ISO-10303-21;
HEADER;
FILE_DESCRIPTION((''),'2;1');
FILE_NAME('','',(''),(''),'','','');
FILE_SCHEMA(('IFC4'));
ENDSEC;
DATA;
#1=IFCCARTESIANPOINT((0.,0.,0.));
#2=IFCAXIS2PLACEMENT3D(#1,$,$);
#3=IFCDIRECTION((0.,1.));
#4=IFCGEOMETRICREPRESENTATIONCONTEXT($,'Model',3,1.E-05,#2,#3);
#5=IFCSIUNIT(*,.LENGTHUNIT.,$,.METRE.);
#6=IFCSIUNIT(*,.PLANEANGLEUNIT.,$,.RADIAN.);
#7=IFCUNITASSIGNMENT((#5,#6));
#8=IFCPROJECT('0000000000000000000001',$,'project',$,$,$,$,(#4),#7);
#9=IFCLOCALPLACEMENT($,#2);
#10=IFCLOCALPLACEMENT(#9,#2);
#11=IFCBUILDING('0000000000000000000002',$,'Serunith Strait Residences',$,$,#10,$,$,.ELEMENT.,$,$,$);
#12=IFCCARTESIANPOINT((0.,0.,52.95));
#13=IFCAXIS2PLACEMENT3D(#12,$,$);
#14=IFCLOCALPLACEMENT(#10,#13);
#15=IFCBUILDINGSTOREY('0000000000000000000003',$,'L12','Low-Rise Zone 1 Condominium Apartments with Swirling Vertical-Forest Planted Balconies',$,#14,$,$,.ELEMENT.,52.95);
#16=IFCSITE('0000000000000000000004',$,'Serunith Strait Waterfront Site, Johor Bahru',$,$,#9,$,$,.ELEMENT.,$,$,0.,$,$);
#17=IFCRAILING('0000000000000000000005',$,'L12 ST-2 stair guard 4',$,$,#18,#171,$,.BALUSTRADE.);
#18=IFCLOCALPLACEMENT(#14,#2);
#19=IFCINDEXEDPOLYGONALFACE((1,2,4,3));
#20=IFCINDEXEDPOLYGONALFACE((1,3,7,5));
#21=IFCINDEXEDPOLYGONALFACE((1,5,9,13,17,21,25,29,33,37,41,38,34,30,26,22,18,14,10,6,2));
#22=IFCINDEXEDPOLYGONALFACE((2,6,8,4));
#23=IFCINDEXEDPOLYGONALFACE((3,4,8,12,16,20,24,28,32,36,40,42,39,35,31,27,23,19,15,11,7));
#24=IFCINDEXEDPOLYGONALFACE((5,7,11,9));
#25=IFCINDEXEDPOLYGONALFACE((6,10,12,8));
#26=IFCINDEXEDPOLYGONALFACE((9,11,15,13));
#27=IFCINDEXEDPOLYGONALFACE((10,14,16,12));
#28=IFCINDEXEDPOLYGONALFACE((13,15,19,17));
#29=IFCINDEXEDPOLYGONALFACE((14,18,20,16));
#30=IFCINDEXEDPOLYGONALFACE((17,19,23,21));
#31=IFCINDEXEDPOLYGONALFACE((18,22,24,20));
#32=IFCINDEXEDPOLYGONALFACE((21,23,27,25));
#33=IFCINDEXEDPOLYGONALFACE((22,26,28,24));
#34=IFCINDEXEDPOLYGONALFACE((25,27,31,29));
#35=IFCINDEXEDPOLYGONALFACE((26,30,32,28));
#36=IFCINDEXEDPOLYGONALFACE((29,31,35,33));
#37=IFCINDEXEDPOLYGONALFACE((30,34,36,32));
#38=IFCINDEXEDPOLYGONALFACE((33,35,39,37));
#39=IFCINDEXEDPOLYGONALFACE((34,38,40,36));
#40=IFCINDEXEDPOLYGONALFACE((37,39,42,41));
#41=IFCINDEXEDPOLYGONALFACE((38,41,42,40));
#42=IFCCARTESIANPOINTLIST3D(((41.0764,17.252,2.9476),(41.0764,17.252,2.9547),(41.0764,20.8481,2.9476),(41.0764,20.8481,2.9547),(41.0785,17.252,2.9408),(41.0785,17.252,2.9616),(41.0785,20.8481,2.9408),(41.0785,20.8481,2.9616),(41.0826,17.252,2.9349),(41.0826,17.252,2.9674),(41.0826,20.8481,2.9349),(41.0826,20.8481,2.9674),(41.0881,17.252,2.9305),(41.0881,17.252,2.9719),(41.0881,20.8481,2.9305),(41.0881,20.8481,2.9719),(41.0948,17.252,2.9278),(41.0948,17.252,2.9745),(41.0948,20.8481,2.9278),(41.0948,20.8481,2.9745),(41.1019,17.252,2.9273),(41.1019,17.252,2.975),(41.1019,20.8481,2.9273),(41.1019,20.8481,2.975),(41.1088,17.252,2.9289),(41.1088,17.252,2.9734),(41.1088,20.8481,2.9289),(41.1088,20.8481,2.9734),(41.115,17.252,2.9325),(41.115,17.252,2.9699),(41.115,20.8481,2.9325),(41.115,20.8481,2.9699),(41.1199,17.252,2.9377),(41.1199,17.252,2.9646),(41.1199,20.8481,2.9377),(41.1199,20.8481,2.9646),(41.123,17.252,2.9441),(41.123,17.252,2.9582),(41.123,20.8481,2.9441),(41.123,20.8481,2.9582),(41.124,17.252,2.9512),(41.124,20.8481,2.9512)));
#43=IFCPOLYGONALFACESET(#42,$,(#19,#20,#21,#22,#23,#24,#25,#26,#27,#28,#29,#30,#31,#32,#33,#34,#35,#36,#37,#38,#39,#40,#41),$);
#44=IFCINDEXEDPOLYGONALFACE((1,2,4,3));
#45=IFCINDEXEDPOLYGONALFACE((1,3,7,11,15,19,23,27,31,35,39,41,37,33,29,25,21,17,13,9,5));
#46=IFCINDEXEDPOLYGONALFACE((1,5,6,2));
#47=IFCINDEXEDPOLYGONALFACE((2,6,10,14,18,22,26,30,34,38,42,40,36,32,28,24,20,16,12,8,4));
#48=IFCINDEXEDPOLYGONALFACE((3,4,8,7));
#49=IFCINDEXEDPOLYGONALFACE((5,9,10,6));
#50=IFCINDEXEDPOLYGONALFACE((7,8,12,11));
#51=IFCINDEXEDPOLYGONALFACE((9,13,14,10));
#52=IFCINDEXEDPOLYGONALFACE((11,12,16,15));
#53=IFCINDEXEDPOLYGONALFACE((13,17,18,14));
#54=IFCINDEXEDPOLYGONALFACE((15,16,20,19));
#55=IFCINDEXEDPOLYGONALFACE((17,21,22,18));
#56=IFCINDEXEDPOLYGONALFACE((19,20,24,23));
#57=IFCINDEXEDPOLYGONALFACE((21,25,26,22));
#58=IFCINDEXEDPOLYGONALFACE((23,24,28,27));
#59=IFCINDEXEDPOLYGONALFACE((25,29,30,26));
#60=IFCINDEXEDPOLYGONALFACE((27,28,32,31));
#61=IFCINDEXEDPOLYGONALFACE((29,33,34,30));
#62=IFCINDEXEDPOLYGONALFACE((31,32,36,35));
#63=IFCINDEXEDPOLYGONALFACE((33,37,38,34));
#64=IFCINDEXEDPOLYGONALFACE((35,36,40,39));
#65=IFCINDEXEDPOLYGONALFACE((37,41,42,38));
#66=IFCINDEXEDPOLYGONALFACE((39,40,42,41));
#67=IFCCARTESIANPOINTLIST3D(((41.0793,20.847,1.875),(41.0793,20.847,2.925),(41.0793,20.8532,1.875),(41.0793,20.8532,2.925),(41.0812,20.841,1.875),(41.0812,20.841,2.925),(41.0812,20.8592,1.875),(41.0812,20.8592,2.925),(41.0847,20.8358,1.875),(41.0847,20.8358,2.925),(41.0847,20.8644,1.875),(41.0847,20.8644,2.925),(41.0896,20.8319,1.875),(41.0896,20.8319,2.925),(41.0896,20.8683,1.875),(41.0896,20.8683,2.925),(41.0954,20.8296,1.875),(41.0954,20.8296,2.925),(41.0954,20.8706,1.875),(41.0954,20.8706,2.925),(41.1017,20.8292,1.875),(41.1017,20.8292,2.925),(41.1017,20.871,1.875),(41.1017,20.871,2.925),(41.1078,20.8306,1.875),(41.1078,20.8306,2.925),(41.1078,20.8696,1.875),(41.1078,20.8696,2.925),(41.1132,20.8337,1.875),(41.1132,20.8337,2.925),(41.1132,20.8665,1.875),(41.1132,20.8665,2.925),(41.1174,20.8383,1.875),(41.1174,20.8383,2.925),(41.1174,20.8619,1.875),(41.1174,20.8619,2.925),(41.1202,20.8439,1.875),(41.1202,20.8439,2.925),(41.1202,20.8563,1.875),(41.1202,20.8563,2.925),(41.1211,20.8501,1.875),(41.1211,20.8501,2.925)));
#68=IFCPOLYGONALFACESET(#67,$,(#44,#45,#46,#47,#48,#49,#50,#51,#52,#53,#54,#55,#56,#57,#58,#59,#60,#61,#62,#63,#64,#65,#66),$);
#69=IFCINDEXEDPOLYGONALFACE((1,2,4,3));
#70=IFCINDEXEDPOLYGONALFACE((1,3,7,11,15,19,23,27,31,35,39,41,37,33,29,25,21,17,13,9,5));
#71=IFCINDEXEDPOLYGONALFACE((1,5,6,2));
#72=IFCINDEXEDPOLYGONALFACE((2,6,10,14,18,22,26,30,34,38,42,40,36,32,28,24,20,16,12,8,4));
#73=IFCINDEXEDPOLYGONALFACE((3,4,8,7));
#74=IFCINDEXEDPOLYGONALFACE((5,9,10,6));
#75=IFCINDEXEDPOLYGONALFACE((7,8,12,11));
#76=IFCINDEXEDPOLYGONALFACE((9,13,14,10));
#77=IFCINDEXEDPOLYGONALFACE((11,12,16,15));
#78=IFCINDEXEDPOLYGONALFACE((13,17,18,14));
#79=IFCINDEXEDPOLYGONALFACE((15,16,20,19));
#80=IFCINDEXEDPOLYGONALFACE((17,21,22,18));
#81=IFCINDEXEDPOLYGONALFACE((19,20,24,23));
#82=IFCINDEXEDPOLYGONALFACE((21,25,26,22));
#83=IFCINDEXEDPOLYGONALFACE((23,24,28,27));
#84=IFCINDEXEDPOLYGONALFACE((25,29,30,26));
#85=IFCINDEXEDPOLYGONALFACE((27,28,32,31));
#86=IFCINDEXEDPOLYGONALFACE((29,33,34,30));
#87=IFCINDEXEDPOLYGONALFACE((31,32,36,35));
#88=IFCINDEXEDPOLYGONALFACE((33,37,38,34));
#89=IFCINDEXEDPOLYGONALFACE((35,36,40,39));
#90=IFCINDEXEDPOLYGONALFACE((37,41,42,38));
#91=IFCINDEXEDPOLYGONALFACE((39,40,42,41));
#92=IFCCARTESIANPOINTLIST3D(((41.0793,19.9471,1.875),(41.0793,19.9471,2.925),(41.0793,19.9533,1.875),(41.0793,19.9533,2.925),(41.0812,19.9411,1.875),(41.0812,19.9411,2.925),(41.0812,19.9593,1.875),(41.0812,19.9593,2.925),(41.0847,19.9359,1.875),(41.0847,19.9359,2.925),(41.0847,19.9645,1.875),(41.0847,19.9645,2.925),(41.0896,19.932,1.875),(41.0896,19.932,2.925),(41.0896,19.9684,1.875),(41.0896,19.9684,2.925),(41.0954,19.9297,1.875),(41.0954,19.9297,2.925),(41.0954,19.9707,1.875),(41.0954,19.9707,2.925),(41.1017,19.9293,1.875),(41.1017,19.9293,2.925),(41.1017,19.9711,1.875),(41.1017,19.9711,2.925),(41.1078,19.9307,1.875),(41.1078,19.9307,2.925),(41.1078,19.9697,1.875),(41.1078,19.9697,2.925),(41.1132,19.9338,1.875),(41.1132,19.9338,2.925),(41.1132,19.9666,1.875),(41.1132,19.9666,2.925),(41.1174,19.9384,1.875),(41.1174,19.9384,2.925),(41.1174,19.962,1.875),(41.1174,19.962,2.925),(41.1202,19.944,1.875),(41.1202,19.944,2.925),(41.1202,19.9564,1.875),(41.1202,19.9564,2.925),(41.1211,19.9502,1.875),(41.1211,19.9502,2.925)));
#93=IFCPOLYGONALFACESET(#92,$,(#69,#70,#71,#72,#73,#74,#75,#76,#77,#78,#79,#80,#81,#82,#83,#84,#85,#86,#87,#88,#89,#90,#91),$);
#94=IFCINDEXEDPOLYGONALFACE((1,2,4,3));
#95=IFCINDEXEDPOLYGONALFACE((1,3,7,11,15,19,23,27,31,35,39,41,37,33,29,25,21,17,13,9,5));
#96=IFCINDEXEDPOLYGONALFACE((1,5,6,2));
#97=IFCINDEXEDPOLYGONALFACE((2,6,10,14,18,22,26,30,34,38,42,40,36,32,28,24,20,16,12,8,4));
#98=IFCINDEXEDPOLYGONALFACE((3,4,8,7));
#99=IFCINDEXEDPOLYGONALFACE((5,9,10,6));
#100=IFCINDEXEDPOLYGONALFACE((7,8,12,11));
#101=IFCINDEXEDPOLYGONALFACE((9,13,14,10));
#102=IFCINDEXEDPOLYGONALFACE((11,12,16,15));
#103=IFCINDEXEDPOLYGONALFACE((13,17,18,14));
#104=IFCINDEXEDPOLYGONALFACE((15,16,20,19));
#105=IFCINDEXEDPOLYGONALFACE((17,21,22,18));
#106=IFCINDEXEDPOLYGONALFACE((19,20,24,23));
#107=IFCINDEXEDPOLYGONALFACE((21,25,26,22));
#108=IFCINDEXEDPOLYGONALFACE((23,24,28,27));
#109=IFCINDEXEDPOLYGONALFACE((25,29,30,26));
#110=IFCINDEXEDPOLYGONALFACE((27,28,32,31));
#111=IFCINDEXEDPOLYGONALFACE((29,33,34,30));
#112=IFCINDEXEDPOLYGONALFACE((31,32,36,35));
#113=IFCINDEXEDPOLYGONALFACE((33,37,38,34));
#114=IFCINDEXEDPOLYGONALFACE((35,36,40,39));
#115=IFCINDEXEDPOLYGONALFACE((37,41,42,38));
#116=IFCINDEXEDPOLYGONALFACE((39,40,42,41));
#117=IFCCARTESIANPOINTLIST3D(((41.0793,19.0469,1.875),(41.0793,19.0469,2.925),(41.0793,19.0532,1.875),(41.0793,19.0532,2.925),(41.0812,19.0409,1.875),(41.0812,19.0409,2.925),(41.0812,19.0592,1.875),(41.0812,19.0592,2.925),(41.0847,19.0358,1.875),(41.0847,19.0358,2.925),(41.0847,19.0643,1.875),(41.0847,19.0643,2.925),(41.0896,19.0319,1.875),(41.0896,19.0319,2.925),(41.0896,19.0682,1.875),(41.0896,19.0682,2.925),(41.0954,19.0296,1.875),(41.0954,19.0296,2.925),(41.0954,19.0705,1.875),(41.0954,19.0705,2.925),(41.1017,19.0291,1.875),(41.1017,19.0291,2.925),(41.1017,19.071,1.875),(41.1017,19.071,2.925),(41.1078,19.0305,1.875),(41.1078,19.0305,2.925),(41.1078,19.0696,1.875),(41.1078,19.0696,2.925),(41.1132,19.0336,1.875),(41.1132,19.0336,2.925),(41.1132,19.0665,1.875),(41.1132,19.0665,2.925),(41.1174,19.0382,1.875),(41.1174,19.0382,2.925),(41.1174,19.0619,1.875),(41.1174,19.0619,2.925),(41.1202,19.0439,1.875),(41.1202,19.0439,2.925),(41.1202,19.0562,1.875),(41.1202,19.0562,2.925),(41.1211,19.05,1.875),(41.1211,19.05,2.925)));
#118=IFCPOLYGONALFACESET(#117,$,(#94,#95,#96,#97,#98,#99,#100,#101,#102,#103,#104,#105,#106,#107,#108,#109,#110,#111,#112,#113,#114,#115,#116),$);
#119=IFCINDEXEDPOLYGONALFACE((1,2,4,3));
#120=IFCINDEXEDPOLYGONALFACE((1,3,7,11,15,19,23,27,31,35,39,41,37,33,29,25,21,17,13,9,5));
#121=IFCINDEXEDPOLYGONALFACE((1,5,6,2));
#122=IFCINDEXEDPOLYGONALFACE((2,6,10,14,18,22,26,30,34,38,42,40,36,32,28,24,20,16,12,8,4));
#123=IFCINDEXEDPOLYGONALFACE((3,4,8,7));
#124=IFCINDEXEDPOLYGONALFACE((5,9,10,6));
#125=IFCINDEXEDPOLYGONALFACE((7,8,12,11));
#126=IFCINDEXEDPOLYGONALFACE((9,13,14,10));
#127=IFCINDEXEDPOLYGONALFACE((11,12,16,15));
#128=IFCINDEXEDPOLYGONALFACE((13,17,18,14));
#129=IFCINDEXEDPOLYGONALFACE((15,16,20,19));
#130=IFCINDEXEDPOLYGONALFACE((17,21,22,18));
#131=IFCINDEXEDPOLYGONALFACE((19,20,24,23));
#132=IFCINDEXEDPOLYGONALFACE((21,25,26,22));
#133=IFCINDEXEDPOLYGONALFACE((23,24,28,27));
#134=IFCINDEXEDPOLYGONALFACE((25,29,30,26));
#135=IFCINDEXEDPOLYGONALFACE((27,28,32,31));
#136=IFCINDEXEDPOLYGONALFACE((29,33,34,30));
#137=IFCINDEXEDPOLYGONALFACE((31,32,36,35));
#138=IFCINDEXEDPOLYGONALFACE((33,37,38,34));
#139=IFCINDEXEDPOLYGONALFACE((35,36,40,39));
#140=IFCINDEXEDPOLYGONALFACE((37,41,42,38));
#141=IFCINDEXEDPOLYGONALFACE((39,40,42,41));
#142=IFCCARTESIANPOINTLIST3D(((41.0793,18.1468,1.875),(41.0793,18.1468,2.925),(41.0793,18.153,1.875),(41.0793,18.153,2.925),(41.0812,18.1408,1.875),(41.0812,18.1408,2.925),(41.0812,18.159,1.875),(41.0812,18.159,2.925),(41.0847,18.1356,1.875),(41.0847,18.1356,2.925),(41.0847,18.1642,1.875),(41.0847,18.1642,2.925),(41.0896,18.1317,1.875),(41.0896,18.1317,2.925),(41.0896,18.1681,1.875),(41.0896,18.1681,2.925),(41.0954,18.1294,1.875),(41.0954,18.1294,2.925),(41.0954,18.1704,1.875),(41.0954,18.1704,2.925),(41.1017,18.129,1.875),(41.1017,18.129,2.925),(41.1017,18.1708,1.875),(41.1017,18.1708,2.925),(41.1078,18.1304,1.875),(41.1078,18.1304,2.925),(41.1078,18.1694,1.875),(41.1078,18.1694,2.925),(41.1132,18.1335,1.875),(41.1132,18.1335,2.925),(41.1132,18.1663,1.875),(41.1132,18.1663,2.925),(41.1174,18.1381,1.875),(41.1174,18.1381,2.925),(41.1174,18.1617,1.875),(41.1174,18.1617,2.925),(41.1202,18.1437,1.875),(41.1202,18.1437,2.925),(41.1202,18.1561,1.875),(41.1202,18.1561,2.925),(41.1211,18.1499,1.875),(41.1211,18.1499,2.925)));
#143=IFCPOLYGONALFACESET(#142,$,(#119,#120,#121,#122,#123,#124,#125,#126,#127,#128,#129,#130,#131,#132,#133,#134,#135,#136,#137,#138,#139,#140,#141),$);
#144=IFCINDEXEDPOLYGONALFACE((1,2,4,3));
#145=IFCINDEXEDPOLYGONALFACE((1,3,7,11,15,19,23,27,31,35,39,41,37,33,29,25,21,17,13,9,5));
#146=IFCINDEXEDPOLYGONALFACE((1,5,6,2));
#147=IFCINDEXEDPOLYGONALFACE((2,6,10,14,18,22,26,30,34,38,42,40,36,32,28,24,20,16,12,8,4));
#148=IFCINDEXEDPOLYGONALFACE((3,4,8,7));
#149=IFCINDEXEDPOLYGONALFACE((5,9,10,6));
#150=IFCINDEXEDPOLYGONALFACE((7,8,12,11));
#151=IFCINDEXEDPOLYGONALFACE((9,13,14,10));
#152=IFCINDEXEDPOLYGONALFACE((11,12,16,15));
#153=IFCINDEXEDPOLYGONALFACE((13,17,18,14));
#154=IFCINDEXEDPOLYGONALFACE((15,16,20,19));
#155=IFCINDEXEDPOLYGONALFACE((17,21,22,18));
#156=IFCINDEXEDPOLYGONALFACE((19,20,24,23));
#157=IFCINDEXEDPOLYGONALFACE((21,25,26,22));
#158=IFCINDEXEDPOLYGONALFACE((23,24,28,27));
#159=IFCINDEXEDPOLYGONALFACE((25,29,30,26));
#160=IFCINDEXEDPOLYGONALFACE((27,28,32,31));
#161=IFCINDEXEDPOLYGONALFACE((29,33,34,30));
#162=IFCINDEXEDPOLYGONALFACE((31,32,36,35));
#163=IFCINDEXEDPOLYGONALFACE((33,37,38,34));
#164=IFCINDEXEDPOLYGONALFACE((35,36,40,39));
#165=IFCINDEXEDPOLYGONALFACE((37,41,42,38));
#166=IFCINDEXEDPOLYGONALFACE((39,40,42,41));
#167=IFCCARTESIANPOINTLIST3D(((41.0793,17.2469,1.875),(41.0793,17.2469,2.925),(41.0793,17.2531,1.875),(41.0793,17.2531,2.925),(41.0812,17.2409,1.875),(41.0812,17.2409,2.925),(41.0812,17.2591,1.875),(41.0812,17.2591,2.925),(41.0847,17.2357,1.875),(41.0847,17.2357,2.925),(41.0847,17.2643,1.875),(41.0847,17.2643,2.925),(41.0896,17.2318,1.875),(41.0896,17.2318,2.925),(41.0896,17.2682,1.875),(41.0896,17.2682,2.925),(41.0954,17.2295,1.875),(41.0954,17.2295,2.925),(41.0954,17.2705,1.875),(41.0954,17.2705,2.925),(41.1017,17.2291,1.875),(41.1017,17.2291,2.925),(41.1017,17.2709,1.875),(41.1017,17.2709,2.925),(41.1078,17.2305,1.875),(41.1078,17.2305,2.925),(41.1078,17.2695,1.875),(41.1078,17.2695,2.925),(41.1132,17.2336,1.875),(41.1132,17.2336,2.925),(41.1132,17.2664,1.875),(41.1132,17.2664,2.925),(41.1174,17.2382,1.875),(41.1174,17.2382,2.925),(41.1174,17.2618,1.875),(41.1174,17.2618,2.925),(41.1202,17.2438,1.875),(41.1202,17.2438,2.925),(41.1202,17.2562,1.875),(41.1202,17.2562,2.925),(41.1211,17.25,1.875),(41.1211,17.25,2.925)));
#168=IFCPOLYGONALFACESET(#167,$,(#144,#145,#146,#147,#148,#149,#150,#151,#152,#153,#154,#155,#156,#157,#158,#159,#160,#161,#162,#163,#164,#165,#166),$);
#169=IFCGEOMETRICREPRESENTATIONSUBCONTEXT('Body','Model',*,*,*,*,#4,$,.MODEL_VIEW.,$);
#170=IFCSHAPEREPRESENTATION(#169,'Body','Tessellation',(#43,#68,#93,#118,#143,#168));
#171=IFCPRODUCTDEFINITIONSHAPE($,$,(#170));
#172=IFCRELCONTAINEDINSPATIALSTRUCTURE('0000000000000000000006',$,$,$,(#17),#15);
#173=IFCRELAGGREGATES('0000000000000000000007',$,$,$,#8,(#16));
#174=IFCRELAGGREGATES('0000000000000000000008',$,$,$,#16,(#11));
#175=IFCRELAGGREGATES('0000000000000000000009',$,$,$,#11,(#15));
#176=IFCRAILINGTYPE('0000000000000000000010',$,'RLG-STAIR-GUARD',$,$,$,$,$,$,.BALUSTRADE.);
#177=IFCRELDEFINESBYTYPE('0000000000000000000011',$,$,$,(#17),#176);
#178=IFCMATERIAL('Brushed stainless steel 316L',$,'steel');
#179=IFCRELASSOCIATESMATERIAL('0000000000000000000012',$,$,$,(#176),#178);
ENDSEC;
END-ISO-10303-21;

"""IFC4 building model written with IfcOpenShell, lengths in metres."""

from ifc_helpers import new_model, si_unit, direction, frame, origin, origin_2d, place, context, subcontext, project, spatial, circle, extrude, material, type_object, element, save


model = new_model("IFC4")

# Units and contexts
model_context = context("Model", 3, precision=1e-05, world=origin(), true_north=direction((0.0, 1.0)))
body_context = subcontext(model_context, "Body", "Model", "MODEL_VIEW")
ifc_project = project(units=[si_unit("LENGTHUNIT", "METRE"), si_unit("PLANEANGLEUNIT", "RADIAN")], contexts=[model_context])

# Site, building, storey
site_placement = place(None, origin())
site = spatial("IfcSite", under=ifc_project, at=site_placement, Name="Serunith Strait Waterfront Site, Johor Bahru", CompositionType="ELEMENT", RefElevation=0.0)
building_placement = place(site_placement, origin())
building = spatial("IfcBuilding", under=site, at=building_placement, Name="Serunith Strait Residences", CompositionType="ELEMENT")
storey_placement = place(building_placement, frame((0.0, 0.0, 52.95)))
storey = spatial("IfcBuildingStorey", under=building, at=storey_placement, Name="L12", Description="Low-Rise Zone 1 Condominium Apartments with Swirling Vertical-Forest Planted Balconies", CompositionType="ELEMENT", Elevation=52.95)

# Railing
ifc_material_1 = material(Name="Brushed stainless steel 316L", Category="steel")
railing_type_1 = type_object("IfcRailingType", Name="RLG-STAIR-GUARD", PredefinedType="BALUSTRADE", material=ifc_material_1)
for number, where, name in (
    (1, (41.1001, 20.8501, 1.875), "L12 ST-2 stair guard 4"),
):
    element("IfcRailing", number, at=place(storey_placement, frame(where)), inside=storey, type_object=railing_type_1, Name=name, PredefinedType="BALUSTRADE", context=body_context, shape_type="SweptSolid", body=[
        extrude(circle(Radius=0.0239, at=origin_2d()), frame((0.0, -0.002, 1.0762), z_axis=(0.0, -1.0, 0.0), x_axis=(1.0, 0.0, 0.0)), (0.0, 0.0, 1.0), 3.5962),
        extrude(circle(Radius=0.021, at=origin_2d()), origin(), (0.0, 0.0, 1.0), 1.05),
        extrude(circle(Radius=0.021, at=origin_2d()), frame((0.0, -0.8999, 0.0)), (0.0, 0.0, 1.0), 1.05),
        extrude(circle(Radius=0.021, at=origin_2d()), frame((0.0, -1.8, 0.0)), (0.0, 0.0, 1.0), 1.05),
        extrude(circle(Radius=0.021, at=origin_2d()), frame((0.0, -2.7002, 0.0)), (0.0, 0.0, 1.0), 1.05),
        extrude(circle(Radius=0.021, at=origin_2d()), frame((0.0, -3.6001, 0.0)), (0.0, 0.0, 1.0), 1.05),
    ])

save(model, "model.ifc")
